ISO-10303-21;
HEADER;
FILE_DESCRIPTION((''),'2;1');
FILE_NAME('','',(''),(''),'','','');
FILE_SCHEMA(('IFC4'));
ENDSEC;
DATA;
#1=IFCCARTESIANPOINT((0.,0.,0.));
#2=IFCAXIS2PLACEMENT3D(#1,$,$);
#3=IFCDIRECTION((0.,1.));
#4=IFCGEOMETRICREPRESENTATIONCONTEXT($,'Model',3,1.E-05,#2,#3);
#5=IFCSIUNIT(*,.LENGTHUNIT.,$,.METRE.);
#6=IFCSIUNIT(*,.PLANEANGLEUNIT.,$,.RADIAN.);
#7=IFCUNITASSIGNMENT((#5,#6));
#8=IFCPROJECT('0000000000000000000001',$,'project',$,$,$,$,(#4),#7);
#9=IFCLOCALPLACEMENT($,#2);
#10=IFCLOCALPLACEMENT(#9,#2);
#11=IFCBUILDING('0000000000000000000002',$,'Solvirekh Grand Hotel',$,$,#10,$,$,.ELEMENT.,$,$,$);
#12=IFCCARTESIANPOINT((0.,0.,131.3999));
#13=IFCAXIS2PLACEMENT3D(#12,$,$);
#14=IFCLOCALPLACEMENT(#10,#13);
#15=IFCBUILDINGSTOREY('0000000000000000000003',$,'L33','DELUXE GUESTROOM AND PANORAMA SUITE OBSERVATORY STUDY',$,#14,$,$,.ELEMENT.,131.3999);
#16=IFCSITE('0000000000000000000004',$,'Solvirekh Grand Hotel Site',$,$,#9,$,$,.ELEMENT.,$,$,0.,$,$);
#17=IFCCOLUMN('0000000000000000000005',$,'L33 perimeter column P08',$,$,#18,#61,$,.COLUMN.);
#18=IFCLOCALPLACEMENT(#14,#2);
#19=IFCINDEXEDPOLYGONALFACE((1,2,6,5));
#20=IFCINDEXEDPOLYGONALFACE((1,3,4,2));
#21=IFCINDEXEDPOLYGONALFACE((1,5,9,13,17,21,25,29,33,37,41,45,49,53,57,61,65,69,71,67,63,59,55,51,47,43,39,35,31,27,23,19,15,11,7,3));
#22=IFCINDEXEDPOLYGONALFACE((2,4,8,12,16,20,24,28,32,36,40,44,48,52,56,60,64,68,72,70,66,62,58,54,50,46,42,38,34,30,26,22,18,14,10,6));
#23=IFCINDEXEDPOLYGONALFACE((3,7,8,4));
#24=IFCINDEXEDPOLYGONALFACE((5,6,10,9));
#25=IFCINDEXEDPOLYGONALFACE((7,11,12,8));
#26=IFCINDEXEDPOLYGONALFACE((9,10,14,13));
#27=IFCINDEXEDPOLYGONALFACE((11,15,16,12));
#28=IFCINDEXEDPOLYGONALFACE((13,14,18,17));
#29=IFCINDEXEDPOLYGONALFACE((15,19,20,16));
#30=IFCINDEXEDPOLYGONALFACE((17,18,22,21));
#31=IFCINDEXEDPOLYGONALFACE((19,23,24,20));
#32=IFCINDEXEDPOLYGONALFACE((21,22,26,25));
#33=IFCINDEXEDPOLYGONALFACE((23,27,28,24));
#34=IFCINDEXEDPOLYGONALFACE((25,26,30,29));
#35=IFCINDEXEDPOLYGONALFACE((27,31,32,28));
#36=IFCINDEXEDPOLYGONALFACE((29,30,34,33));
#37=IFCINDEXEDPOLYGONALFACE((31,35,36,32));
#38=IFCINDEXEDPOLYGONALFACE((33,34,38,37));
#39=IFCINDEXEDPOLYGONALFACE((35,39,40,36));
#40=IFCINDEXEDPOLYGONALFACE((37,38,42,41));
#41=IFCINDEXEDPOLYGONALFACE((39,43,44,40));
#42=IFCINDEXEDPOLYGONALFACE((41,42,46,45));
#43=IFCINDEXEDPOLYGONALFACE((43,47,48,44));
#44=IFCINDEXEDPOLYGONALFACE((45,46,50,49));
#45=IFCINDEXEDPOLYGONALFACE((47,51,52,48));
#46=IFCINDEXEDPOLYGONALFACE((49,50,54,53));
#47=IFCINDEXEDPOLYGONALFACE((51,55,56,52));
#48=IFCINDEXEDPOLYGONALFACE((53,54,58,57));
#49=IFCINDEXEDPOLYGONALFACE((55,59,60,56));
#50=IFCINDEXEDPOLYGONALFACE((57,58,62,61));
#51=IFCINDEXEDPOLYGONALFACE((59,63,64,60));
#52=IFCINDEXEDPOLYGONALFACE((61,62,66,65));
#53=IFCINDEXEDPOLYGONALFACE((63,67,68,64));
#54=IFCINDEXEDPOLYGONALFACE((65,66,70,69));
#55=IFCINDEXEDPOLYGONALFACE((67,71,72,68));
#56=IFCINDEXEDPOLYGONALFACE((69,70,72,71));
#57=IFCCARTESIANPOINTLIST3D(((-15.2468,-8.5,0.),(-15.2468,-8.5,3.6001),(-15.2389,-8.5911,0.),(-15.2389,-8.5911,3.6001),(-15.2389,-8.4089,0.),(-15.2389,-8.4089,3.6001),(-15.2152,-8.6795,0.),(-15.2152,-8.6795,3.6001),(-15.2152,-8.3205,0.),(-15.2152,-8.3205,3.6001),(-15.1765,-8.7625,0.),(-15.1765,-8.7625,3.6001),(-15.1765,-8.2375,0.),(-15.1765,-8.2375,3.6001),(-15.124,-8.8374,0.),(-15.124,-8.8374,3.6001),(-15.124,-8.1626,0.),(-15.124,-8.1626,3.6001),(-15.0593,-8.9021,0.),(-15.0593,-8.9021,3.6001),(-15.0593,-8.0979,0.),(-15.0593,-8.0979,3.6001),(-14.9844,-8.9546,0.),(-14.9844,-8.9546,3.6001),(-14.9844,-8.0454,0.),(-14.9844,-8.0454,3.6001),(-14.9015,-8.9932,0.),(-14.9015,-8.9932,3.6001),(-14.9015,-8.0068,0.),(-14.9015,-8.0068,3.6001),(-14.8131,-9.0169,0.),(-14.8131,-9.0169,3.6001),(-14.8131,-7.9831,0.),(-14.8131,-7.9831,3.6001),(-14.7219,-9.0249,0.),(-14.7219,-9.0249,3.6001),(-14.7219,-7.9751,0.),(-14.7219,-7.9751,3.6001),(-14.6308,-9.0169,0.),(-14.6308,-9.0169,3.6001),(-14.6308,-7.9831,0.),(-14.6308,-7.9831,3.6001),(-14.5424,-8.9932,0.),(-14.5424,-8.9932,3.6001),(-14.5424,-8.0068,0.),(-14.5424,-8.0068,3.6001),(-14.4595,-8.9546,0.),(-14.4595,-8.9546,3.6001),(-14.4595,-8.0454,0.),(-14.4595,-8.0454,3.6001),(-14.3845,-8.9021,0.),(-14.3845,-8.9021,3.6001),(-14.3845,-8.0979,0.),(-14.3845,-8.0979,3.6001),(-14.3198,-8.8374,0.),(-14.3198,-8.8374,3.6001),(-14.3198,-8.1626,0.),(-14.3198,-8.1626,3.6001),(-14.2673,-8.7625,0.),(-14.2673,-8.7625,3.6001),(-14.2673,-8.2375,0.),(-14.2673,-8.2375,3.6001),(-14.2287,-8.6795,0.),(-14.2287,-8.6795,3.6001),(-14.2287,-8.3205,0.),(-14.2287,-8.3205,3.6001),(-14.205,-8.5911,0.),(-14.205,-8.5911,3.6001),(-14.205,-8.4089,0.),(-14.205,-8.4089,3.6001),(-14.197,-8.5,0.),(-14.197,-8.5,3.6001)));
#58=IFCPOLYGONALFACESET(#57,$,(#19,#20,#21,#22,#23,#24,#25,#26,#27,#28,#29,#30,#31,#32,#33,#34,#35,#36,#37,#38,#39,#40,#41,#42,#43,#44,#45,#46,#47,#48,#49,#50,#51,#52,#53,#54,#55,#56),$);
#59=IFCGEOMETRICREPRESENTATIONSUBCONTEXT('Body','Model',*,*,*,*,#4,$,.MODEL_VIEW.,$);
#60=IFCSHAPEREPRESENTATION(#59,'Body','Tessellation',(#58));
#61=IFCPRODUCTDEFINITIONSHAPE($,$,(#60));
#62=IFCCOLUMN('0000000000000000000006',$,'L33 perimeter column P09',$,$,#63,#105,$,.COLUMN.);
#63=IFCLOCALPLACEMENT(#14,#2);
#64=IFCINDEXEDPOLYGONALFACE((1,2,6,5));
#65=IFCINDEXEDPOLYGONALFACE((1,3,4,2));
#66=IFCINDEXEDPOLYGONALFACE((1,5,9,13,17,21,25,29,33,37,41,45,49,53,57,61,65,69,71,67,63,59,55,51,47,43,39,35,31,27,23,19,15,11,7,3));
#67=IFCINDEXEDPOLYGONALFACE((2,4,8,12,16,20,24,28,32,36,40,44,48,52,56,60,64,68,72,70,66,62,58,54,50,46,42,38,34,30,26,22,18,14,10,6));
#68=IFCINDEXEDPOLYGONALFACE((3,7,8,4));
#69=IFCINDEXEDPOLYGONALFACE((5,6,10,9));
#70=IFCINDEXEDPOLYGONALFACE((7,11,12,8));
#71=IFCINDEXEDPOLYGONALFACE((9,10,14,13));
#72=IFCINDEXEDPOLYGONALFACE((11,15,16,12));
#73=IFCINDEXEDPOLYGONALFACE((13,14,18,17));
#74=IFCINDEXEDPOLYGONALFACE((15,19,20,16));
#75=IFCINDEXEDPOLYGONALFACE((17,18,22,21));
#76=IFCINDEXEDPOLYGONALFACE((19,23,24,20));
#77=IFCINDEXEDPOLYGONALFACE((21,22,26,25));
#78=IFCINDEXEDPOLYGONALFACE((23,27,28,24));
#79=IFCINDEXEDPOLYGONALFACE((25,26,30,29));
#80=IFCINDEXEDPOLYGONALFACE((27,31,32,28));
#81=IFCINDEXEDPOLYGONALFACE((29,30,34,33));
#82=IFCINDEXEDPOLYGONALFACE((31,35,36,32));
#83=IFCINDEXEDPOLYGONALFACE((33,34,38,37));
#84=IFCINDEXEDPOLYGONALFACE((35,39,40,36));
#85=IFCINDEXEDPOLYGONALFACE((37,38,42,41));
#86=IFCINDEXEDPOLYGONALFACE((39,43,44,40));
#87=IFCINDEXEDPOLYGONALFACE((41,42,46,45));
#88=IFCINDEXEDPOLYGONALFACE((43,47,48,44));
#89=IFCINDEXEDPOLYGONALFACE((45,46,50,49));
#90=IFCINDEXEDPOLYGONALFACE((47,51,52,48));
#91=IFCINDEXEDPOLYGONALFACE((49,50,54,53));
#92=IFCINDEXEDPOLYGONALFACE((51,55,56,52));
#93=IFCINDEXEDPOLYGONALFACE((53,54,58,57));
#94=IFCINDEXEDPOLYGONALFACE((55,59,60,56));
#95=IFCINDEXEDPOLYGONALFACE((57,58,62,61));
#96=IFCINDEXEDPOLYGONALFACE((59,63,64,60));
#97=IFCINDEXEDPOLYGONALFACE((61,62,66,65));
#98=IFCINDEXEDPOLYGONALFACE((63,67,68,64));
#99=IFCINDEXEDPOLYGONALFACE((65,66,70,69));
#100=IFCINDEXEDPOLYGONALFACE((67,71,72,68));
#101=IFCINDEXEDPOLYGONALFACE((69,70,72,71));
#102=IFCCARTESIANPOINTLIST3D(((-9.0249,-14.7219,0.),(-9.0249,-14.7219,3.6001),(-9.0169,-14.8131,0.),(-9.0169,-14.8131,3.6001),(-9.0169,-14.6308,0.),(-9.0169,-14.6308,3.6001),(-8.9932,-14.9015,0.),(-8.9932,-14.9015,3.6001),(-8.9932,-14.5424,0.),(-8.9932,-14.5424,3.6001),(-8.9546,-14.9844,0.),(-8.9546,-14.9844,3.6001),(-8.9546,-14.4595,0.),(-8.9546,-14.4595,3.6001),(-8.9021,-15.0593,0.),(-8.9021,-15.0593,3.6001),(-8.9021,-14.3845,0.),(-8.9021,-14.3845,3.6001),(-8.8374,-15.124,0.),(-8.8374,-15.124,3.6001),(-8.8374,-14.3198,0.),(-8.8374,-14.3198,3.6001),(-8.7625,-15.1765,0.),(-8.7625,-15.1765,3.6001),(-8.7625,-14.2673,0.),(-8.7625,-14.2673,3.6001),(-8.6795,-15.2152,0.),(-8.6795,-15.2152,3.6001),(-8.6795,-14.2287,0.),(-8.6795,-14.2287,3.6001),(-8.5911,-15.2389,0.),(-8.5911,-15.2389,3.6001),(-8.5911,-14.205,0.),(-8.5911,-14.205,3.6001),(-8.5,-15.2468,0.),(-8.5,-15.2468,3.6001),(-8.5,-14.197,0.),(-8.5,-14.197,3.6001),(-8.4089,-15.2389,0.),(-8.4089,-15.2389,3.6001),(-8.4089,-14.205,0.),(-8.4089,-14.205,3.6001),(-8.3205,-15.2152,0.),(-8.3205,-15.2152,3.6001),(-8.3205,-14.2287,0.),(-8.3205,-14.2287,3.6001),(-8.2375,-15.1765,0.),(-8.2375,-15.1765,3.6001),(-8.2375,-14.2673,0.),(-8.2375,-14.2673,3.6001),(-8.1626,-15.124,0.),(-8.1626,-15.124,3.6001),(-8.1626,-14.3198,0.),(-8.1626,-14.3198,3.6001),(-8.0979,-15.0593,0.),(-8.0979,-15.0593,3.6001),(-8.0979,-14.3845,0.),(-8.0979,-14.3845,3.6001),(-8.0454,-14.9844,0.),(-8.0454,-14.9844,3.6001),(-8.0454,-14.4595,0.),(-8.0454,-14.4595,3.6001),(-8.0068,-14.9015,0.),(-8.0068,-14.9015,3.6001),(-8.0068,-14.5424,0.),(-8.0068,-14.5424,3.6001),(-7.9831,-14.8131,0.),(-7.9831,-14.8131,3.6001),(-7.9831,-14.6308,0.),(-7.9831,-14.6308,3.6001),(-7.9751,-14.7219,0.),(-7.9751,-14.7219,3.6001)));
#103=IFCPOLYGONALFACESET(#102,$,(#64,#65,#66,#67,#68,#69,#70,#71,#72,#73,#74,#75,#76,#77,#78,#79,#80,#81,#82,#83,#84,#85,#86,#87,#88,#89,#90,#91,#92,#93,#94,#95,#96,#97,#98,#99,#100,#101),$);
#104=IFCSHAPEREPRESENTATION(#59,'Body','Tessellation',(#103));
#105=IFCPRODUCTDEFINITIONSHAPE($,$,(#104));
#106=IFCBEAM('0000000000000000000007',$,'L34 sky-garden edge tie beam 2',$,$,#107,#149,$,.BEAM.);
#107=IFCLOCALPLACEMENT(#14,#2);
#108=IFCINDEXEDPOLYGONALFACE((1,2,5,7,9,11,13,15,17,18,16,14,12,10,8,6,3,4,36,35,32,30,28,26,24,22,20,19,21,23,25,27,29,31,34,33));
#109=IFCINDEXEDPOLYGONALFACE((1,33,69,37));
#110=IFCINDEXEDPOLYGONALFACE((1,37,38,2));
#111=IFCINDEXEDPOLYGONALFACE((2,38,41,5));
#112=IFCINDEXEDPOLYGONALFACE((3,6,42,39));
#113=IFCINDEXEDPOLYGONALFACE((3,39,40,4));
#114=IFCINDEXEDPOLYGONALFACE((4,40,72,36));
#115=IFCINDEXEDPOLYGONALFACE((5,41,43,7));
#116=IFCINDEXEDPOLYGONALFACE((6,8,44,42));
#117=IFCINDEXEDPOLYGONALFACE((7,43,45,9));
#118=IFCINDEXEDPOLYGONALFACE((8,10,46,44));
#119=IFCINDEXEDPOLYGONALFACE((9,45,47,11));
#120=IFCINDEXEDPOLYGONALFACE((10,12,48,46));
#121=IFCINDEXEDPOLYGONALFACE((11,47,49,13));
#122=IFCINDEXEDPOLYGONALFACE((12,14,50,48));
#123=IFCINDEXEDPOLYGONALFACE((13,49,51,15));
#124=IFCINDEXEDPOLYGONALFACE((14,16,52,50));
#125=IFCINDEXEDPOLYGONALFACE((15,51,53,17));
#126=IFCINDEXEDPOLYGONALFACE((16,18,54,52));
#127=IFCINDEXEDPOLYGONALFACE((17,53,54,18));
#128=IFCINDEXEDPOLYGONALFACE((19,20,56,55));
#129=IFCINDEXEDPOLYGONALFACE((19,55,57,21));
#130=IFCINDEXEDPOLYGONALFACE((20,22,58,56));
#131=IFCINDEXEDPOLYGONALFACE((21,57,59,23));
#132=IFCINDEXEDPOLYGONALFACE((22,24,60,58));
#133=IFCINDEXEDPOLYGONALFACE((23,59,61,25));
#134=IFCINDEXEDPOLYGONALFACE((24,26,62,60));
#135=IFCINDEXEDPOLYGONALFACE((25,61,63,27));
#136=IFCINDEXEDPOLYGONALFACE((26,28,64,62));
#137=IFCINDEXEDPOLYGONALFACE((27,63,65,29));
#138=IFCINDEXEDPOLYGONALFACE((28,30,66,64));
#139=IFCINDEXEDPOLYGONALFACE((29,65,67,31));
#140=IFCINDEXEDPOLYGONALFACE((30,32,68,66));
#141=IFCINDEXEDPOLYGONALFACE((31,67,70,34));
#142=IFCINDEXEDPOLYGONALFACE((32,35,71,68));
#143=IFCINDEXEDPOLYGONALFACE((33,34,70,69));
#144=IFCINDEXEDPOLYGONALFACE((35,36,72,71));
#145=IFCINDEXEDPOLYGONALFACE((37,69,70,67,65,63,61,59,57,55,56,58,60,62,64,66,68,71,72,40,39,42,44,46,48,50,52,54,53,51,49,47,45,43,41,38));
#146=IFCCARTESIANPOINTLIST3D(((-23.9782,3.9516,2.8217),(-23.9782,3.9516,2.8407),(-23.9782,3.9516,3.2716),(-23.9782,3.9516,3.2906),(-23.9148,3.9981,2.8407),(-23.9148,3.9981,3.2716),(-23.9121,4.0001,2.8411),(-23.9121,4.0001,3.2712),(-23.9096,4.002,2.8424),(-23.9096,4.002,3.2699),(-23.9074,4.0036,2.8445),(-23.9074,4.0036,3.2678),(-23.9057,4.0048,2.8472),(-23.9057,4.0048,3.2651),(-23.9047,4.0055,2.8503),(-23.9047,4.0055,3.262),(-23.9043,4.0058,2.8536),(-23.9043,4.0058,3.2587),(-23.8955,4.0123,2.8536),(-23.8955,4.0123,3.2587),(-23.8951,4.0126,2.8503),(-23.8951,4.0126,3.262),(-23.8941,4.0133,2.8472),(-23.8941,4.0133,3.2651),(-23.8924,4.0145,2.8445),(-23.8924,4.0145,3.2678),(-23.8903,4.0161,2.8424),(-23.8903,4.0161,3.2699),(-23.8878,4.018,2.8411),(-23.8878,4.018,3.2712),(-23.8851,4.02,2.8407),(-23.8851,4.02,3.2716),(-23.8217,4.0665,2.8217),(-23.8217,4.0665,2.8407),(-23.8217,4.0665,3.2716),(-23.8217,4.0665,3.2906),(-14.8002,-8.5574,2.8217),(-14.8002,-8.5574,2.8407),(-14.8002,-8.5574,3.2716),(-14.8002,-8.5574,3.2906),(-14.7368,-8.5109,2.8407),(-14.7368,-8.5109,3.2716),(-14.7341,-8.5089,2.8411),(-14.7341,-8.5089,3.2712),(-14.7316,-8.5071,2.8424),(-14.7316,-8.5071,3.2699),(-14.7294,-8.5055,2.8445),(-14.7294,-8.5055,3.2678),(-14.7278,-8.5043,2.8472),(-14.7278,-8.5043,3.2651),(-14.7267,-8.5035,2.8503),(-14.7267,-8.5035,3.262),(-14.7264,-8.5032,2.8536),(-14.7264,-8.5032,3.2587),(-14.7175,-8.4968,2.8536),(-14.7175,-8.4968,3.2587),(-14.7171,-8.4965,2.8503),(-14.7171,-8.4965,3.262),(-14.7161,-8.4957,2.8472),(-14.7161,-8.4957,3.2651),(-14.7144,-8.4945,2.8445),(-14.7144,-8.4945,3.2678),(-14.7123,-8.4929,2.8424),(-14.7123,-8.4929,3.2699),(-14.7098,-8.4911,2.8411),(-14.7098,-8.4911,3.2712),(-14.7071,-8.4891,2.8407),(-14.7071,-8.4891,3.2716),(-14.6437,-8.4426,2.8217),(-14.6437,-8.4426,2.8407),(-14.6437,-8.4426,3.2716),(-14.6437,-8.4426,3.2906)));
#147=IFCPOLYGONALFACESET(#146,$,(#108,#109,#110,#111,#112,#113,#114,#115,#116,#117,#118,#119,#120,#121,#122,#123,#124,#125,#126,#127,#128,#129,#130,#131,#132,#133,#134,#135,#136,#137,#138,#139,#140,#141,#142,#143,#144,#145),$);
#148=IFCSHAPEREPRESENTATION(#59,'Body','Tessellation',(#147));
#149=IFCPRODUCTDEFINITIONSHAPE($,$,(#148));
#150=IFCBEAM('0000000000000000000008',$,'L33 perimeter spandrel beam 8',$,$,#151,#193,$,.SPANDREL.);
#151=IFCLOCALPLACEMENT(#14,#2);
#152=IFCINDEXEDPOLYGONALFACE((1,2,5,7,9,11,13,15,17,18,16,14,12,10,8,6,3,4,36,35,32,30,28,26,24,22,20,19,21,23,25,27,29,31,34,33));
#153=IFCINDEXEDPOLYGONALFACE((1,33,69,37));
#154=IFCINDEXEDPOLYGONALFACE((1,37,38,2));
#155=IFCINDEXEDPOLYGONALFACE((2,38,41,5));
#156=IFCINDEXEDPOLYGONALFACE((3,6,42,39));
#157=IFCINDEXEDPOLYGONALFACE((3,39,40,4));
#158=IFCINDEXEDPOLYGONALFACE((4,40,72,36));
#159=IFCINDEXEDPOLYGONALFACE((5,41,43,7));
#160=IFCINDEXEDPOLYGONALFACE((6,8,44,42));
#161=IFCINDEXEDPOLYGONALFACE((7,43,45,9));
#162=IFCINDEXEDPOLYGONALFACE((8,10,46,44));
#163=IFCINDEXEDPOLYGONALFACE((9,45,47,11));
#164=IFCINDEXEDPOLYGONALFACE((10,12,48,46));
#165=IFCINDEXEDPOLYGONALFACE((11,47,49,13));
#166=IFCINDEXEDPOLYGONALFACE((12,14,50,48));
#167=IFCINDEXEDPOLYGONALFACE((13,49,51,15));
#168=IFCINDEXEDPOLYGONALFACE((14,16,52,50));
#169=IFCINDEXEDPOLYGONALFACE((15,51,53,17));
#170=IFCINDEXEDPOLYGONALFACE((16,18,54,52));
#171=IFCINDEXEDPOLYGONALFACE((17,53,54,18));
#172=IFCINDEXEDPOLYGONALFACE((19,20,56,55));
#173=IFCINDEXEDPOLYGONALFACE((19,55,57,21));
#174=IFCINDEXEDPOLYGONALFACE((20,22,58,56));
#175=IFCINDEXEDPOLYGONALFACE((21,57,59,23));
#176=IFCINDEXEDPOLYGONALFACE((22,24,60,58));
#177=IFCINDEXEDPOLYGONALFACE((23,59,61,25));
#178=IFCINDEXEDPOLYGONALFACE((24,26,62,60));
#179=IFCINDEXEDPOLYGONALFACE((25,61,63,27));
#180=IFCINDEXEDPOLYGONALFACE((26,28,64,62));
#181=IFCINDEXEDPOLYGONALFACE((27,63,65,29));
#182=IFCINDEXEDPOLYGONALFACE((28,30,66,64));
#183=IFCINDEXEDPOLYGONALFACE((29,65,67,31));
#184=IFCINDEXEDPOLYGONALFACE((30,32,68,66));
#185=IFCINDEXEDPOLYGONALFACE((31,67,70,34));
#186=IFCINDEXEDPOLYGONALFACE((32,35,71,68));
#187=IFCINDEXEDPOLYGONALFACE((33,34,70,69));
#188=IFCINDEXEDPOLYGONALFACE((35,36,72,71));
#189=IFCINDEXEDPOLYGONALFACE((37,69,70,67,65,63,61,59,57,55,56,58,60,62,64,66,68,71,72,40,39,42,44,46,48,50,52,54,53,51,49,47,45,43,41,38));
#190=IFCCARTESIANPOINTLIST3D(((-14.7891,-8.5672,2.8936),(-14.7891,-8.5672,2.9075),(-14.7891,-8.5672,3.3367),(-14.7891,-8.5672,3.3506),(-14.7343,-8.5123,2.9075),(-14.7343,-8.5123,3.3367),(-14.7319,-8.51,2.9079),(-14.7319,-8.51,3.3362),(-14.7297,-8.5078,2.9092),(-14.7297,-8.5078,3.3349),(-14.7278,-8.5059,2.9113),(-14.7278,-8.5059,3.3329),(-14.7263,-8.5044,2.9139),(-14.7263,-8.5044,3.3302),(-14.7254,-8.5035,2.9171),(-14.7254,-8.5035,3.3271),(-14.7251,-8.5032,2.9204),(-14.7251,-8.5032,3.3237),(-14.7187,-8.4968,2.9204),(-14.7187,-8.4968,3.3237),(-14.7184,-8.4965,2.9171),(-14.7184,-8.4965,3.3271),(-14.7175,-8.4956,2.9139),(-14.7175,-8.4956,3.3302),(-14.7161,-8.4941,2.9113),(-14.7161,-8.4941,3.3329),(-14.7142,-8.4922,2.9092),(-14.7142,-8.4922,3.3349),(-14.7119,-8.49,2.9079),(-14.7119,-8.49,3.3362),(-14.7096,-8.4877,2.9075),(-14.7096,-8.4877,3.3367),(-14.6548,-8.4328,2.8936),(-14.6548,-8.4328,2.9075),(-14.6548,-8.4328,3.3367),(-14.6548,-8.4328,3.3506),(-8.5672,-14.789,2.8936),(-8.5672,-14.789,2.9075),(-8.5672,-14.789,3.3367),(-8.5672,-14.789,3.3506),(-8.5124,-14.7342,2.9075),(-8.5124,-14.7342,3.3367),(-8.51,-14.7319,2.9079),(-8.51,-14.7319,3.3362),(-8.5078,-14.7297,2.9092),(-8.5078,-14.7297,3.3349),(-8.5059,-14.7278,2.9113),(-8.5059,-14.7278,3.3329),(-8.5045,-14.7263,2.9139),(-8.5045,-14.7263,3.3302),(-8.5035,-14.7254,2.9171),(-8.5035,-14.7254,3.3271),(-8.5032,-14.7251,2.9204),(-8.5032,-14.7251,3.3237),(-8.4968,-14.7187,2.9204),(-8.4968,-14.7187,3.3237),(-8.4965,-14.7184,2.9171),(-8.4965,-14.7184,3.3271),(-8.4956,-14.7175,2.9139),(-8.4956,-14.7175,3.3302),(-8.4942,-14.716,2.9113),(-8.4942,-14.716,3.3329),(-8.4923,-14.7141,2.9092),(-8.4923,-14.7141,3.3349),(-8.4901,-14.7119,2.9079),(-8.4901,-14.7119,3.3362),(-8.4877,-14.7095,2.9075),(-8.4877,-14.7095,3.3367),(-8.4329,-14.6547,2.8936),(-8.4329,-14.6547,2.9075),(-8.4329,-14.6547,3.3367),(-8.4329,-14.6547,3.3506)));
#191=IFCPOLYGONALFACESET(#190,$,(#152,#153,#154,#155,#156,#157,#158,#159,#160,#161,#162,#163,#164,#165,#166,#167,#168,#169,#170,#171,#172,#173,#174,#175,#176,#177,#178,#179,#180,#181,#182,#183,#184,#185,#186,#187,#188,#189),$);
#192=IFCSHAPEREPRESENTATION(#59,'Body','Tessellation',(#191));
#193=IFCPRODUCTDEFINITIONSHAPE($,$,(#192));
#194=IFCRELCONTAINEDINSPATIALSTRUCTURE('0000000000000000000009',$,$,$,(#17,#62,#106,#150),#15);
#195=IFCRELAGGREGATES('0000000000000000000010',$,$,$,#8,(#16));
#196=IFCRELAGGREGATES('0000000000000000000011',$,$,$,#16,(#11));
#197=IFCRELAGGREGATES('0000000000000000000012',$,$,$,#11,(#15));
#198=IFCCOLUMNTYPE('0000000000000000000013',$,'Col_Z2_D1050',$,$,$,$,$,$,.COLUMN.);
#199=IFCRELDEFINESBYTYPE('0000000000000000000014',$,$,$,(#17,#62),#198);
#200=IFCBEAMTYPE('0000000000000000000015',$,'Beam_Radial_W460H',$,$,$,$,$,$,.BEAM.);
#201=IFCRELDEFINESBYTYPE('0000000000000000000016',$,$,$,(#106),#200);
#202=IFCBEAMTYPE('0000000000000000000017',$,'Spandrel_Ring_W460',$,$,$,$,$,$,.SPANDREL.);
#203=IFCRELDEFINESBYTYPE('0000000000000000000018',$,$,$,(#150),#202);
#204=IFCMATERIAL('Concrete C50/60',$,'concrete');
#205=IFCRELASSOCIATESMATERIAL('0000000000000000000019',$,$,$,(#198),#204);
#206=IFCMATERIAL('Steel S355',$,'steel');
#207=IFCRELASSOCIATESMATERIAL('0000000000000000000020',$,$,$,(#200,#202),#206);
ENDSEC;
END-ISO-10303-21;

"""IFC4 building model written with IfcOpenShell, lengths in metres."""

from ifc_helpers import new_model, si_unit, direction, frame, origin, origin_2d, place, context, subcontext, project, spatial, circle, i_section, extrude, material, material_profile, profile_set, type_object, element, save


model = new_model("IFC4")

# Units and contexts
model_context = context("Model", 3, precision=1e-05, world=origin(), true_north=direction((0.0, 1.0)))
body_context = subcontext(model_context, "Body", "Model", "MODEL_VIEW")
ifc_project = project(units=[si_unit("LENGTHUNIT", "METRE"), si_unit("PLANEANGLEUNIT", "RADIAN")], contexts=[model_context])

# Site, building, storey
site_placement = place(None, origin())
site = spatial("IfcSite", under=ifc_project, at=site_placement, Name="Solvirekh Grand Hotel Site", CompositionType="ELEMENT", RefElevation=0.0)
building_placement = place(site_placement, origin())
building = spatial("IfcBuilding", under=site, at=building_placement, Name="Solvirekh Grand Hotel", CompositionType="ELEMENT")
storey_placement = place(building_placement, frame((0.0, 0.0, 131.3999)))
storey = spatial("IfcBuildingStorey", under=building, at=storey_placement, Name="L33", Description="DELUXE GUESTROOM AND PANORAMA SUITE OBSERVATORY STUDY", CompositionType="ELEMENT", Elevation=131.3999)

# Columns
ifc_material_1 = material(Name="Concrete C50/60", Category="concrete")
ifc_material_profile_1 = material_profile(ifc_material_1, circle(Radius=0.5249, at=origin_2d()), Name="RC CIRC D1050")
ifc_profile_set_1 = profile_set([ifc_material_profile_1], Name="Concrete C50/60")
column_type = type_object("IfcColumnType", Name="Col_Z2_D1050", PredefinedType="COLUMN", material=ifc_profile_set_1)
for number, where, z_axis, x_axis, name in (
    (1, (-14.7219, -8.5, 0.0), (0.0, 0.0, 1.0), (1.0, 0.0, 0.0), "L33 perimeter column P08"),
    (2, (-8.5, -14.7219, 0.0), (0.0, 0.0, 1.0), (1.0, 0.0, 0.0), "L33 perimeter column P09"),
):
    element("IfcColumn", number, at=place(storey_placement, frame(where, z_axis=z_axis, x_axis=x_axis)), inside=storey, type_object=column_type, Name=name, PredefinedType="COLUMN", context=body_context, shape_type="SweptSolid", body=[
        extrude(circle(Radius=0.5249, at=origin_2d()), origin(), (0.0, 0.0, 1.0), 3.6001),
    ])

# Beams
ifc_material_2 = material(Name="Steel S355", Category="steel")
ifc_material_profile_2 = material_profile(ifc_material_2, i_section(OverallWidth=0.1941, OverallDepth=0.469, WebThickness=0.011, FlangeThickness=0.019, FilletRadius=0.0129, at=origin_2d()), Name="W460X106")
ifc_profile_set_2 = profile_set([ifc_material_profile_2], Name="Steel S355")
beam_type_1 = type_object("IfcBeamType", Name="Beam_Radial_W460H", PredefinedType="BEAM", material=ifc_profile_set_2)
beam_1_placement = place(storey_placement, frame((-14.7219, -8.5, 3.0562), z_axis=(-0.59156, 0.806261, 0.0), x_axis=(-0.806261, -0.59156, 0.0)))
element("IfcBeam", 3, at=beam_1_placement, inside=storey, type_object=beam_type_1, Name="L34 sky-garden edge tie beam 2", PredefinedType="BEAM", context=body_context, shape_type="SweptSolid", body=[
    extrude(i_section(OverallWidth=0.1941, OverallDepth=0.469, WebThickness=0.011, FlangeThickness=0.019, FilletRadius=0.0129, at=origin_2d()), origin(), (0.0, 0.0, 1.0), 15.5149),
])
ifc_material_profile_3 = material_profile(ifc_material_2, i_section(OverallWidth=0.1899, OverallDepth=0.457, WebThickness=0.009, FlangeThickness=0.0139, FilletRadius=0.0129, at=origin_2d()), Name="W460X74")
ifc_profile_set_3 = profile_set([ifc_material_profile_3], Name="Steel S355")
beam_type_2 = type_object("IfcBeamType", Name="Spandrel_Ring_W460", PredefinedType="SPANDREL", material=ifc_profile_set_3)
beam_2_placement = place(storey_placement, frame((-14.7219, -8.5, 3.1221), z_axis=(0.707107, -0.707107, 0.0), x_axis=(0.707107, 0.707107, 0.0)))
element("IfcBeam", 4, at=beam_2_placement, inside=storey, type_object=beam_type_2, Name="L33 perimeter spandrel beam 8", PredefinedType="SPANDREL", context=body_context, shape_type="SweptSolid", body=[
    extrude(i_section(OverallWidth=0.1899, OverallDepth=0.457, WebThickness=0.009, FlangeThickness=0.0139, FilletRadius=0.0129, at=origin_2d()), origin(), (0.0, 0.0, 1.0), 8.7991),
])

save(model, "model.ifc")
